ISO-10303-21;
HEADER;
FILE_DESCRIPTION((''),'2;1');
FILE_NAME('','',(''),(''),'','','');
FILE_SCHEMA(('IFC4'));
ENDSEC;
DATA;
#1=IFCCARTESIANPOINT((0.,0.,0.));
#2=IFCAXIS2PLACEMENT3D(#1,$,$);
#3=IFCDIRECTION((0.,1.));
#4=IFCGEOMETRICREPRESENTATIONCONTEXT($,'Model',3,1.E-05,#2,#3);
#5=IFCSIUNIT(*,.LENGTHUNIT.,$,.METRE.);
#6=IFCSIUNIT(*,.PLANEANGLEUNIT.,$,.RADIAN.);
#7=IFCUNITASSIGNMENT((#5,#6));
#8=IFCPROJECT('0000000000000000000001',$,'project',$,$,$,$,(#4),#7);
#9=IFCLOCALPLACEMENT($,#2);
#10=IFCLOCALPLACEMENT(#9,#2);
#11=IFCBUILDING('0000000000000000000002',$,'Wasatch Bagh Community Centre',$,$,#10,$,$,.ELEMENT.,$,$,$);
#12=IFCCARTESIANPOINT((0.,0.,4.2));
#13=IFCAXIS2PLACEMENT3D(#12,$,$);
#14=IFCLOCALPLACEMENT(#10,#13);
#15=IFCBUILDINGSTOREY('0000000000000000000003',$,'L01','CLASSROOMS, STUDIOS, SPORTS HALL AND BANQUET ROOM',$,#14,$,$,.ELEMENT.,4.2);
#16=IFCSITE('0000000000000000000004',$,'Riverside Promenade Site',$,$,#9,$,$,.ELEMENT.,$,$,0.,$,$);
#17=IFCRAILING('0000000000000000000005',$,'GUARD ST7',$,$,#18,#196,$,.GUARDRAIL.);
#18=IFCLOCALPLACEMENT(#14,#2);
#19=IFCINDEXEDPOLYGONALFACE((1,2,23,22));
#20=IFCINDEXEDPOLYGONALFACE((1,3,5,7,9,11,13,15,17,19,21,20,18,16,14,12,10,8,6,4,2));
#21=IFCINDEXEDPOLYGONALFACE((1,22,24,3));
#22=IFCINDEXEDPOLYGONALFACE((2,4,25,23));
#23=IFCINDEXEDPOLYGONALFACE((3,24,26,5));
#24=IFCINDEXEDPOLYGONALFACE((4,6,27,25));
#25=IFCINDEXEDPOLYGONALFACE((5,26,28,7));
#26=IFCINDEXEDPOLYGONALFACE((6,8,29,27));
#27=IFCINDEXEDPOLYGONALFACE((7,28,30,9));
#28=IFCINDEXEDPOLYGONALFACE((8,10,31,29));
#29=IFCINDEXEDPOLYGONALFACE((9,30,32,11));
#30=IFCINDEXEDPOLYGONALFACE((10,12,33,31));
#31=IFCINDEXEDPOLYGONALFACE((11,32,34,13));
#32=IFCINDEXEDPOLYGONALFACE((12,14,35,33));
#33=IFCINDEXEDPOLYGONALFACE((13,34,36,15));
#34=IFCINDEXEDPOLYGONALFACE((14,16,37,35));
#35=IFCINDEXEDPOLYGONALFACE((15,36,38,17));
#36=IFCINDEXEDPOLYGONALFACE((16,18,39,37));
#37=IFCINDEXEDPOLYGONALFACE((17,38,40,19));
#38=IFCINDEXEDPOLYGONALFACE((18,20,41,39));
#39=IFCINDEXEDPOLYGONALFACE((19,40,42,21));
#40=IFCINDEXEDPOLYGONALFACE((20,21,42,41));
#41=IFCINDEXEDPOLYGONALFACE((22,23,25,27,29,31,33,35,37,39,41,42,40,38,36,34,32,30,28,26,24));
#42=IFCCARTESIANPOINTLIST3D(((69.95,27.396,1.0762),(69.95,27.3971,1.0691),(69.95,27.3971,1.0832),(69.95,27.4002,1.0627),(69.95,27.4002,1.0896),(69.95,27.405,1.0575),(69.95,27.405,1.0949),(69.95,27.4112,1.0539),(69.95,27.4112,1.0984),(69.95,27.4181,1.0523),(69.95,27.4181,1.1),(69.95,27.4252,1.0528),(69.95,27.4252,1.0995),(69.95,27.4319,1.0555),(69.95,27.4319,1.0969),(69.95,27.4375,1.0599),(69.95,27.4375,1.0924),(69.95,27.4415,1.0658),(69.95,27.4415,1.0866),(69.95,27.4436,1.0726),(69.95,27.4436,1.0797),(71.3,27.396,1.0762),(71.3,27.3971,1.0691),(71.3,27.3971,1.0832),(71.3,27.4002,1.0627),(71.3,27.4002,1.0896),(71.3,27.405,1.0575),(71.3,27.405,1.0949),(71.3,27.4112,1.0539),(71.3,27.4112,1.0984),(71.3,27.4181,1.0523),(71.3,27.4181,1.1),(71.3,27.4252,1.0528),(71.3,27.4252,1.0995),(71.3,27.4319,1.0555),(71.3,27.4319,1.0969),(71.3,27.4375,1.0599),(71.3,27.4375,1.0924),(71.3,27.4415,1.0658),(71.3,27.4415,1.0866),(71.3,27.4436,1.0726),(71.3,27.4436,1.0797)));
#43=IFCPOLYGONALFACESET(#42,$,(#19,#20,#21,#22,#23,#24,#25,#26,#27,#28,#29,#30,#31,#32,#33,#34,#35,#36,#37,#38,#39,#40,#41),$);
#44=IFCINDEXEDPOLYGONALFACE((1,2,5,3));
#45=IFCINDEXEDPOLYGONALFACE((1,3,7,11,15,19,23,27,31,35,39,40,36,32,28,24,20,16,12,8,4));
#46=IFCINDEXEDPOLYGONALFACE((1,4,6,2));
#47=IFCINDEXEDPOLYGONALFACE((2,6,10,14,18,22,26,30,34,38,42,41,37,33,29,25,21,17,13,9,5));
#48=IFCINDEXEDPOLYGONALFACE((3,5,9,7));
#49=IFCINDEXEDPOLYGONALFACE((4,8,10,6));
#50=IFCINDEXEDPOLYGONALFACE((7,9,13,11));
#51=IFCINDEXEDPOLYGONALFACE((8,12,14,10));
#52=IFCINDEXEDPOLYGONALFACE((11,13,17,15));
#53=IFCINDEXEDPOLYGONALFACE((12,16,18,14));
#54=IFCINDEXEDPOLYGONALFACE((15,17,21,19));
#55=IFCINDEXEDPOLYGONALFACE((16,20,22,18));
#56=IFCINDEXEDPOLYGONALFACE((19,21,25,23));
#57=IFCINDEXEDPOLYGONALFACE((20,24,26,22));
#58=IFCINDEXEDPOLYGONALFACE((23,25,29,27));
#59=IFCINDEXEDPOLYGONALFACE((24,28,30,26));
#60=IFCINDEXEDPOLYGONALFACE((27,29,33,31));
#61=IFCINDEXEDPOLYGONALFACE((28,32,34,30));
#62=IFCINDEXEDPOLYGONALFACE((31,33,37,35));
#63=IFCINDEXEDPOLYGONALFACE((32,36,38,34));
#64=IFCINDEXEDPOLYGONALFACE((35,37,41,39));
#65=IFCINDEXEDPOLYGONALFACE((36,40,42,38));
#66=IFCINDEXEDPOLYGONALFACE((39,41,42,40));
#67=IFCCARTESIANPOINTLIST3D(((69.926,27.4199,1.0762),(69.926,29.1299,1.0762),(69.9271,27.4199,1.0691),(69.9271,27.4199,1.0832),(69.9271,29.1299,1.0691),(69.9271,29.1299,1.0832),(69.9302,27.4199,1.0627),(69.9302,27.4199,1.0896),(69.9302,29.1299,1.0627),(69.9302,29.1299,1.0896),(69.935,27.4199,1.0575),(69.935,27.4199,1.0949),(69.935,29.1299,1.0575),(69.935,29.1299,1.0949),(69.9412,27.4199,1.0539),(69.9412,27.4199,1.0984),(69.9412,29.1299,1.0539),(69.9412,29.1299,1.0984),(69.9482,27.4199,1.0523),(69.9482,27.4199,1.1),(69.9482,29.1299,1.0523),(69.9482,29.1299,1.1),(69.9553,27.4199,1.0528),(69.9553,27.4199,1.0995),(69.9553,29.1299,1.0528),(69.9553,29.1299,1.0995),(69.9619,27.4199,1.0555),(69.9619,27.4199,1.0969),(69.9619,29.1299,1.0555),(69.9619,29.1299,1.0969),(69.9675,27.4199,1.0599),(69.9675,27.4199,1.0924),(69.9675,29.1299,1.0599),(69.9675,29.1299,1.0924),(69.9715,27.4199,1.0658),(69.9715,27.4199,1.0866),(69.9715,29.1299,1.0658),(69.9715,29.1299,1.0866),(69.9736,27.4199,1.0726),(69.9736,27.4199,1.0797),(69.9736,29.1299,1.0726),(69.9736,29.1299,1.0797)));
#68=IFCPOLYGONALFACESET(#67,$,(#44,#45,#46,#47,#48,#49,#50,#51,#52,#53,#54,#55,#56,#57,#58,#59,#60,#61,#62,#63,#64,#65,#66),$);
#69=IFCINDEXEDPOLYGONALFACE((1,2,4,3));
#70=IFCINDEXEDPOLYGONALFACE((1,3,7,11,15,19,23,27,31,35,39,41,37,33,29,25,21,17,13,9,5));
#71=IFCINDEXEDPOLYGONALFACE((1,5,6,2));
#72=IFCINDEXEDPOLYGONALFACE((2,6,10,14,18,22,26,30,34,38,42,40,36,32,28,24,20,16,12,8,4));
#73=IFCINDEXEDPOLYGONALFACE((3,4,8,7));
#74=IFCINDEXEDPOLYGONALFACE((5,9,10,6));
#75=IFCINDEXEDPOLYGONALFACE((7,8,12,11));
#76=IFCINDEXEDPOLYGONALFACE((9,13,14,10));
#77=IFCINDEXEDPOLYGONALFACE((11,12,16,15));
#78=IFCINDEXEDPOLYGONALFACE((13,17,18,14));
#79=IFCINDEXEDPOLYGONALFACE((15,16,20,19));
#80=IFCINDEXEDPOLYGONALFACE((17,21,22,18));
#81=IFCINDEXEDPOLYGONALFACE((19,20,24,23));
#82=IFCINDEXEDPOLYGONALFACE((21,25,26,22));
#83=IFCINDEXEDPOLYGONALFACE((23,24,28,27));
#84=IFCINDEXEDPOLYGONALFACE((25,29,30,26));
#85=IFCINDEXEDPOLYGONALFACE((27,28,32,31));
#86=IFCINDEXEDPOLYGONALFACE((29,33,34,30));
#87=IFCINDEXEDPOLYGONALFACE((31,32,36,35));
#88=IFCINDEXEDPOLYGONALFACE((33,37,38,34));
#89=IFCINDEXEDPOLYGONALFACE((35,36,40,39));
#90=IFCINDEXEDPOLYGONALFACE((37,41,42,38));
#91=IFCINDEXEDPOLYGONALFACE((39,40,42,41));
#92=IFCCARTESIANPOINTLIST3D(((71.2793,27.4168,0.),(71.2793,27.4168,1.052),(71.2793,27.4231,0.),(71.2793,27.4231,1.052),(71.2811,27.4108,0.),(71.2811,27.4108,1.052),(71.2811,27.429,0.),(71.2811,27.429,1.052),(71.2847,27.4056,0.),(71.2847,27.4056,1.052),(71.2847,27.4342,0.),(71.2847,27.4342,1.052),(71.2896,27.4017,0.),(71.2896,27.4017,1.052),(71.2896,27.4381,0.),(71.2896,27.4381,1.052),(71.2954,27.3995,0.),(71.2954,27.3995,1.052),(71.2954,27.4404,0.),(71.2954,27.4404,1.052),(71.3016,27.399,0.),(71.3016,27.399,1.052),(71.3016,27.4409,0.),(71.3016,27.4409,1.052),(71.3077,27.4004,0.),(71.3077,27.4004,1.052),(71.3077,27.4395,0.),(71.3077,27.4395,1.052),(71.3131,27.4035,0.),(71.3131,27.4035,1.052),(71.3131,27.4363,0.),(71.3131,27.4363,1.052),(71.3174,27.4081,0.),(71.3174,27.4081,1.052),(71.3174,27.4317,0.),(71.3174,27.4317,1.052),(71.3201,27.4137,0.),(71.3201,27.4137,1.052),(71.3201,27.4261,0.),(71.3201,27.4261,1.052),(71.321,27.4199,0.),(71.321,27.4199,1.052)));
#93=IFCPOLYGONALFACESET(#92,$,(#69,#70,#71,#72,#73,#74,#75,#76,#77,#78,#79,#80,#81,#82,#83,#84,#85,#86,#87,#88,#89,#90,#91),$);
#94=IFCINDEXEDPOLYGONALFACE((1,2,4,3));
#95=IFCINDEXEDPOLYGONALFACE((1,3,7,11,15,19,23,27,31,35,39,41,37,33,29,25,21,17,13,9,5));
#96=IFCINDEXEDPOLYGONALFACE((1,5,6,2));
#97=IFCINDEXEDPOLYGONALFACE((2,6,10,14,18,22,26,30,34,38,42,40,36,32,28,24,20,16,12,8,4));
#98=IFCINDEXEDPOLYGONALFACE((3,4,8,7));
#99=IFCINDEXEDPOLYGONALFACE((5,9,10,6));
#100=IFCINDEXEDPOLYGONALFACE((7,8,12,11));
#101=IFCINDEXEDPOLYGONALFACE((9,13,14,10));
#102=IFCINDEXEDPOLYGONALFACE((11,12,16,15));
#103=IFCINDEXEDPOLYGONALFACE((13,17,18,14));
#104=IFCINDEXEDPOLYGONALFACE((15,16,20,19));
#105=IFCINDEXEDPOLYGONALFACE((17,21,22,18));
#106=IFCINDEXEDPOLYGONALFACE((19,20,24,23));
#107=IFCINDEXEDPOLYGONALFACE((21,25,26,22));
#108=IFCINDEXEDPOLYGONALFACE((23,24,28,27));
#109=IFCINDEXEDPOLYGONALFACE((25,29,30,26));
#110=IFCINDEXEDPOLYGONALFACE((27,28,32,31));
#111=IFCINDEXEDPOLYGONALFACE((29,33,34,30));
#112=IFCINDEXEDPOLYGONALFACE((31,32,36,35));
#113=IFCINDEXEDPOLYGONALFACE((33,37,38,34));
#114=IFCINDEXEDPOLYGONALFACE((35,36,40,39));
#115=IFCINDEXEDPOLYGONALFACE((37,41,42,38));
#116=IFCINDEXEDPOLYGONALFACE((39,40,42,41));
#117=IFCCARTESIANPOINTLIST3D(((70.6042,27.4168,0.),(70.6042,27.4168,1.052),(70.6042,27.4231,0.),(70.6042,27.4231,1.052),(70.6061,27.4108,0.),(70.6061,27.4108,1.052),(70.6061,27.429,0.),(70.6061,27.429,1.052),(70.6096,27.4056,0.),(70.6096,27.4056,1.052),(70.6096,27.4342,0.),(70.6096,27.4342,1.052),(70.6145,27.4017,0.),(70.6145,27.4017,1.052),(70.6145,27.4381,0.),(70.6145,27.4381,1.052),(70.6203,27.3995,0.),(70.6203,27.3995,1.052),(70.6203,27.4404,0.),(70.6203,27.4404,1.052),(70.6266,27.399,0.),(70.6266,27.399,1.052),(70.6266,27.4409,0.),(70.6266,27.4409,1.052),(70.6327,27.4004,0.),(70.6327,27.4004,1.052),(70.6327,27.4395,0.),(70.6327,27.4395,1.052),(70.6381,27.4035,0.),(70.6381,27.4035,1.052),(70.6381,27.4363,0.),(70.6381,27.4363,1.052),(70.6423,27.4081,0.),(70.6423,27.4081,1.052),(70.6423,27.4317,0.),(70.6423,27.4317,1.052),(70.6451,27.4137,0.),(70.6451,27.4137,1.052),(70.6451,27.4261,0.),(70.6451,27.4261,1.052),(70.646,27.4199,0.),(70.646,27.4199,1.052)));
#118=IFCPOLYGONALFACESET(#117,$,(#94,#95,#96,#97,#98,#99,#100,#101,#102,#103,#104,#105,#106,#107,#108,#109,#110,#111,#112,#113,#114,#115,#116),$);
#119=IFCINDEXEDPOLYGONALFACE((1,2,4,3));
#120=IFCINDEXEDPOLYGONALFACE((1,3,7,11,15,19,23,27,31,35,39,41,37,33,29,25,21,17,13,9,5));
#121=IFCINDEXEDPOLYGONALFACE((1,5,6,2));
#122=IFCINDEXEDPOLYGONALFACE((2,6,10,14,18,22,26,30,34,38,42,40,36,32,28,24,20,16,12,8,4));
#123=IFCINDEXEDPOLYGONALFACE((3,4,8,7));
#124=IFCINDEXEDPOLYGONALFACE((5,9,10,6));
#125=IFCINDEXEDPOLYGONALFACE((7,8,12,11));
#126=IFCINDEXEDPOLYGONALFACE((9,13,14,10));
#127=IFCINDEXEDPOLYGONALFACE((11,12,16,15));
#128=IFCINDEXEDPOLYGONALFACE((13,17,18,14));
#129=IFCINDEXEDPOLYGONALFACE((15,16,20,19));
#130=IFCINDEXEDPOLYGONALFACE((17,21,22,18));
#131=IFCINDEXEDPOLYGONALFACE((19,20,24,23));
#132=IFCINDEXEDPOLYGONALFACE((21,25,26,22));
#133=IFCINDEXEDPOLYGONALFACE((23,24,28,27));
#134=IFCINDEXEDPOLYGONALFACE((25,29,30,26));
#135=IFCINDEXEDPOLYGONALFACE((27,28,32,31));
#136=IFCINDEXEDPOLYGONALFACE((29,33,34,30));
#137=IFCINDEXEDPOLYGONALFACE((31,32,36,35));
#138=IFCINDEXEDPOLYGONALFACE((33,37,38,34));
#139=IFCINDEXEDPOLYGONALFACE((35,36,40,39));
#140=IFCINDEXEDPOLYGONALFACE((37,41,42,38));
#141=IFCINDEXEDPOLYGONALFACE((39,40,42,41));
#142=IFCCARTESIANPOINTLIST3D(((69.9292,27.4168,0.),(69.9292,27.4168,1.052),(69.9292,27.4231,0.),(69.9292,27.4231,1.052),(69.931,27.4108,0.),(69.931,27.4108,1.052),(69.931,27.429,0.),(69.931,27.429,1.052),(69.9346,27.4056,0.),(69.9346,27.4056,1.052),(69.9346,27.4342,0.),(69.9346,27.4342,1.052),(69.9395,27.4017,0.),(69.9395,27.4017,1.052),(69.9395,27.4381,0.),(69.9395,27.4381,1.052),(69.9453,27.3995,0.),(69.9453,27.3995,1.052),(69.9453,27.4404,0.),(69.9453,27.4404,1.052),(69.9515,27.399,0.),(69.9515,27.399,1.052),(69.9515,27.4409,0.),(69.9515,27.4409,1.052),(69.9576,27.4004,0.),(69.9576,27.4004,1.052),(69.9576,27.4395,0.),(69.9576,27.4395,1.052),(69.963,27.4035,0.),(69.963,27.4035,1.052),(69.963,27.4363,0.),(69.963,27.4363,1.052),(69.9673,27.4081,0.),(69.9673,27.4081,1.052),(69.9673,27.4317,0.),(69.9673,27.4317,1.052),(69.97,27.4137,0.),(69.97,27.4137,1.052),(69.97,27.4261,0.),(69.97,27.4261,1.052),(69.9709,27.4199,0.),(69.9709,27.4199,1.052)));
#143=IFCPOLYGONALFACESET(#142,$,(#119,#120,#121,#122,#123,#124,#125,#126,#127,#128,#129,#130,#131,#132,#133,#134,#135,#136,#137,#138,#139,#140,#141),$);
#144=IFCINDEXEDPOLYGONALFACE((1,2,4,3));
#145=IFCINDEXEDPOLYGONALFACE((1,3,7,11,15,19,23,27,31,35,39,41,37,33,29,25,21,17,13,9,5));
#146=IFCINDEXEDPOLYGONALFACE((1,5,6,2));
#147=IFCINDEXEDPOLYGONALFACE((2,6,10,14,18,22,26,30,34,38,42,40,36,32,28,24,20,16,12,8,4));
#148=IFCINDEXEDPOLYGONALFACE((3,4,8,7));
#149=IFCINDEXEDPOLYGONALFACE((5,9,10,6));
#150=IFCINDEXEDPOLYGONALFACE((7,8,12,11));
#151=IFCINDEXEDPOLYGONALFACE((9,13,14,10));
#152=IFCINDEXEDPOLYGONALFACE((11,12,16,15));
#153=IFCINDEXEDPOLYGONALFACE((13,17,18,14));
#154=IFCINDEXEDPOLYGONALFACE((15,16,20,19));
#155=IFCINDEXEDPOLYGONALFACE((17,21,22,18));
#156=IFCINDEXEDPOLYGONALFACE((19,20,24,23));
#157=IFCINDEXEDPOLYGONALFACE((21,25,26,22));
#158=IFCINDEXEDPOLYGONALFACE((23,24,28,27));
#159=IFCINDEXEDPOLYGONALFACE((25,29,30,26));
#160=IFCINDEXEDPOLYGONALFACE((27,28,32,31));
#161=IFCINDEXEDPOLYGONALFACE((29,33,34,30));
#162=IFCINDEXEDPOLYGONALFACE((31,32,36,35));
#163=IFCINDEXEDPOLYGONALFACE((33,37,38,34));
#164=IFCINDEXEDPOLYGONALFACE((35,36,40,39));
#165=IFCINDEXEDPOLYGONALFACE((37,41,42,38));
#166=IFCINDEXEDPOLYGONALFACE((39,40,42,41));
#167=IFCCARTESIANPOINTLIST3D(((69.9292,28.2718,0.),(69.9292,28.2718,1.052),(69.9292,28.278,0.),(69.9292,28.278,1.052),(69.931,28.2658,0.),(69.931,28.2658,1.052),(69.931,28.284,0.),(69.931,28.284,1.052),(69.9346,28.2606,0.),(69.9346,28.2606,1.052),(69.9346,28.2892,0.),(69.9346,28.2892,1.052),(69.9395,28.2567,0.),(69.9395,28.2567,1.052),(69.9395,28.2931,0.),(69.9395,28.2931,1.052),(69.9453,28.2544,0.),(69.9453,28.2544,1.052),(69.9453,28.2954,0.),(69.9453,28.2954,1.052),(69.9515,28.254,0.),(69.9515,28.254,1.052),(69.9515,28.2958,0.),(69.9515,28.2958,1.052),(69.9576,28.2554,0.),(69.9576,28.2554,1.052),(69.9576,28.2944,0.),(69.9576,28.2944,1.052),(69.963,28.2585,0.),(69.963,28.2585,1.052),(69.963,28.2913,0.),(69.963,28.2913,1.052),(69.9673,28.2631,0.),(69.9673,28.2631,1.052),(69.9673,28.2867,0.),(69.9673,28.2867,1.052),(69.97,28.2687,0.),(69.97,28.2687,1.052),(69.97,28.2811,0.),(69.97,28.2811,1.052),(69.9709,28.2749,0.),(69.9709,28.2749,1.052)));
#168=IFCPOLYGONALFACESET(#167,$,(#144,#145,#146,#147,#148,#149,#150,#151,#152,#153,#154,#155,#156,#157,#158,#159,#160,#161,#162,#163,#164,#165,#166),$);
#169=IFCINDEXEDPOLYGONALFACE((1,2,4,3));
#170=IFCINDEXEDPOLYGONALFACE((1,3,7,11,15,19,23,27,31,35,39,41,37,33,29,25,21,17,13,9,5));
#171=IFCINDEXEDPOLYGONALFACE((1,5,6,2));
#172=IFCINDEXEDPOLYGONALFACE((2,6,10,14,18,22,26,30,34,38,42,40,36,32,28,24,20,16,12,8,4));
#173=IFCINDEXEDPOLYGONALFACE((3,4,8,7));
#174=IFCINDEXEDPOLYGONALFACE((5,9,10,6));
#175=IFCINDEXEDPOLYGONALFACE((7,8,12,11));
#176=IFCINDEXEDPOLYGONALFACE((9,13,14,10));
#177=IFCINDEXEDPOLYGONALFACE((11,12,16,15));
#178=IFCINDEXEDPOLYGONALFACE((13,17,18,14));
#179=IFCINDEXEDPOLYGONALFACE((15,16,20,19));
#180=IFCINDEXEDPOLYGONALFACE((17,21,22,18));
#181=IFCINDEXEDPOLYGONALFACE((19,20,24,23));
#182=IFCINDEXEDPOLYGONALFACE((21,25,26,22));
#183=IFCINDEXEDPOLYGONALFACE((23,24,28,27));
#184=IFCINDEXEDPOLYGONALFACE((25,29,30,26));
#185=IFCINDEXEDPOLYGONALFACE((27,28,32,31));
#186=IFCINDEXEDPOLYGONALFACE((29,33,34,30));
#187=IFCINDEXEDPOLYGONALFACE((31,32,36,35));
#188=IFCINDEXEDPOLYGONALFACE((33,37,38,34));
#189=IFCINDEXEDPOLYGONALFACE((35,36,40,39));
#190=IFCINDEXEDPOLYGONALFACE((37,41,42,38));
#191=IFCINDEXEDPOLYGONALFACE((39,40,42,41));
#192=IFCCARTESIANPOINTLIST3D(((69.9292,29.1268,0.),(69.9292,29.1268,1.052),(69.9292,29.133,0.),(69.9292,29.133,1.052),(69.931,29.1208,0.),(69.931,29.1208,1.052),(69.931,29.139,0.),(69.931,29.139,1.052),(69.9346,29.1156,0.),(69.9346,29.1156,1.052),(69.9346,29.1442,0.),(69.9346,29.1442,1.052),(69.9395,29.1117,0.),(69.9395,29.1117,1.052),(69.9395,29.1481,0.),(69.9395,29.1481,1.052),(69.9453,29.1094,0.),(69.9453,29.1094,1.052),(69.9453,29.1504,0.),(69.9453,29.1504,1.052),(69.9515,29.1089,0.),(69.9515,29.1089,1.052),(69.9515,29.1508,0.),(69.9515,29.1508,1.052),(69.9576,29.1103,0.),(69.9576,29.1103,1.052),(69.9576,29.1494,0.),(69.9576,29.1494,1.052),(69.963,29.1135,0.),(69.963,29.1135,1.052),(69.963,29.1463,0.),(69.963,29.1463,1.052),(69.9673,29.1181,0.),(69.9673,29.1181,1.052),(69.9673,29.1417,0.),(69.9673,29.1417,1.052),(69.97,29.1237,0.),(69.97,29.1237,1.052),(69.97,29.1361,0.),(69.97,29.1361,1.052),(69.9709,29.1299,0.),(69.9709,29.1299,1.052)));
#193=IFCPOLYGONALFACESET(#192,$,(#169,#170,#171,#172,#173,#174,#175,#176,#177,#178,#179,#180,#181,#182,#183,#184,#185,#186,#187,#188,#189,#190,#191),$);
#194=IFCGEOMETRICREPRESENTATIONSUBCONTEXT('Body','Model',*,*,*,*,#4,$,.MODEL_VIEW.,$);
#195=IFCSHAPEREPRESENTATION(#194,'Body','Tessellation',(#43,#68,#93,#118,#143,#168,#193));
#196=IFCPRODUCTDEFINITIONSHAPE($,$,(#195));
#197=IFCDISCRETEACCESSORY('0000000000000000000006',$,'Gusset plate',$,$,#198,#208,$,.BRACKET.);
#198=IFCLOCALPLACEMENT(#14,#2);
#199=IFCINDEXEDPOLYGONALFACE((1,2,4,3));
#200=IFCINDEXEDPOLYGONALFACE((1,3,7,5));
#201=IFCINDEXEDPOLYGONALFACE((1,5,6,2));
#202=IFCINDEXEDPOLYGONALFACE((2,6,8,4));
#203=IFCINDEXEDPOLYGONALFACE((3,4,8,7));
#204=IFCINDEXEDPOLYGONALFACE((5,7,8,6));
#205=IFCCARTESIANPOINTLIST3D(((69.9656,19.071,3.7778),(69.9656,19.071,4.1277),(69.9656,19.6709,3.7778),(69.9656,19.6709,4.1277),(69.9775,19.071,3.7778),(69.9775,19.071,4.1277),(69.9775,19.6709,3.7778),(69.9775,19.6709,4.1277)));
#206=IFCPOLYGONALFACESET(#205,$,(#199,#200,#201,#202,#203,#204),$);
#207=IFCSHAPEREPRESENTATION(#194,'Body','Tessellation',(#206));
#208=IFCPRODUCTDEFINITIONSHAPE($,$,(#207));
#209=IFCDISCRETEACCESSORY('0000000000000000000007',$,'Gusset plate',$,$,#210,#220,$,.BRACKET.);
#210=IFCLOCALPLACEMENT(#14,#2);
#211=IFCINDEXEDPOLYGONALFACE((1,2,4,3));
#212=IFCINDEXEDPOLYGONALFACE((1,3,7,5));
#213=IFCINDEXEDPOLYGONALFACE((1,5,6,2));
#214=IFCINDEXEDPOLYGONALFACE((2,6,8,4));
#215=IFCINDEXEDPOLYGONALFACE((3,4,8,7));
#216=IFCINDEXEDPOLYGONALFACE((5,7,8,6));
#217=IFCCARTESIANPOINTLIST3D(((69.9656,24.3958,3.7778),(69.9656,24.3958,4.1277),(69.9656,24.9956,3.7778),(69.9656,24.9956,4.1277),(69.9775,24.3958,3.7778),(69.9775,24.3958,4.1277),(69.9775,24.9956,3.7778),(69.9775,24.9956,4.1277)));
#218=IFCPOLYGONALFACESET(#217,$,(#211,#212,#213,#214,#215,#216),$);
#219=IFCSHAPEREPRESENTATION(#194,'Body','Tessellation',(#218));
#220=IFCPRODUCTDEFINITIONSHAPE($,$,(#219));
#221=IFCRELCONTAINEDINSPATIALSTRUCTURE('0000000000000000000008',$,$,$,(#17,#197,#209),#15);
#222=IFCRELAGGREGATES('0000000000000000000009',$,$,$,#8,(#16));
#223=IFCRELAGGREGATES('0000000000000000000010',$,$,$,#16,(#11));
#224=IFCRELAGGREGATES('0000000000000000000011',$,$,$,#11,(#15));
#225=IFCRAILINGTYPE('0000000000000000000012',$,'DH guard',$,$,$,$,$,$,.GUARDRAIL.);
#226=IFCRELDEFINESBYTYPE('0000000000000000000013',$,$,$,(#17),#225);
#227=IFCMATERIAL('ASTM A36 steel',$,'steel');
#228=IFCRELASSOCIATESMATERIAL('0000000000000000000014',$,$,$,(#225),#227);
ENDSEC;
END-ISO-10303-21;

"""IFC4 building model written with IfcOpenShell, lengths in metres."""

from ifc_helpers import new_model, si_unit, direction, frame, origin, origin_2d, place, context, subcontext, project, spatial, polyline, circle, outline, extrude, material, type_object, element, save


model = new_model("IFC4")

# Units and contexts
model_context = context("Model", 3, precision=1e-05, world=origin(), true_north=direction((0.0, 1.0)))
body_context = subcontext(model_context, "Body", "Model", "MODEL_VIEW")
ifc_project = project(units=[si_unit("LENGTHUNIT", "METRE"), si_unit("PLANEANGLEUNIT", "RADIAN")], contexts=[model_context])

# Site, building, storey
site_placement = place(None, origin())
site = spatial("IfcSite", under=ifc_project, at=site_placement, Name="Riverside Promenade Site", CompositionType="ELEMENT", RefElevation=0.0)
building_placement = place(site_placement, origin())
building = spatial("IfcBuilding", under=site, at=building_placement, Name="Wasatch Bagh Community Centre", CompositionType="ELEMENT")
storey_placement = place(building_placement, frame((0.0, 0.0, 4.2)))
storey = spatial("IfcBuildingStorey", under=building, at=storey_placement, Name="L01", Description="CLASSROOMS, STUDIOS, SPORTS HALL AND BANQUET ROOM", CompositionType="ELEMENT", Elevation=4.2)

# Railing
ifc_material_1 = material(Name="ASTM A36 steel", Category="steel")
railing_type = type_object("IfcRailingType", Name="DH guard", PredefinedType="GUARDRAIL", material=ifc_material_1)
railing_1_placement = place(storey_placement, frame((71.3, 27.4199, 0.0)))
element("IfcRailing", 1, at=railing_1_placement, inside=storey, type_object=railing_type, Name="GUARD ST7", PredefinedType="GUARDRAIL", context=body_context, shape_type="SweptSolid", body=[
    extrude(circle(Radius=0.0239, at=origin_2d()), frame((0.0, 0.0, 1.0762), z_axis=(-1.0, 0.0, 0.0), x_axis=(0.0, -1.0, 0.0)), (0.0, 0.0, 1.0), 1.3501),
    extrude(circle(Radius=0.0239, at=origin_2d()), frame((-1.3501, 0.0, 1.0762), z_axis=(0.0, 1.0, 0.0), x_axis=(-1.0, 0.0, 0.0)), (0.0, 0.0, 1.0), 1.71),
    extrude(circle(Radius=0.021, at=origin_2d()), origin(), (0.0, 0.0, 1.0), 1.052),
    extrude(circle(Radius=0.021, at=origin_2d()), frame((-0.675, 0.0, 0.0)), (0.0, 0.0, 1.0), 1.052),
    extrude(circle(Radius=0.021, at=origin_2d()), frame((-1.3501, 0.0, 0.0)), (0.0, 0.0, 1.0), 1.052),
    extrude(circle(Radius=0.021, at=origin_2d()), frame((-1.3501, 0.855, 0.0)), (0.0, 0.0, 1.0), 1.052),
    extrude(circle(Radius=0.021, at=origin_2d()), frame((-1.3501, 1.71, 0.0)), (0.0, 0.0, 1.0), 1.052),
])

# Discrete accessories
for number, where, z_axis, x_axis, name in (
    (2, (69.9775, 19.071, 3.7778), (1.0, 0.0, 0.0), (0.0, 1.0, 0.0), "Gusset plate"),
    (3, (69.9775, 24.3958, 3.7778), (1.0, 0.0, 0.0), (0.0, 1.0, 0.0), "Gusset plate"),
):
    element("IfcDiscreteAccessory", number, at=place(storey_placement, frame(where, z_axis=z_axis, x_axis=x_axis)), inside=storey, Name=name, PredefinedType="BRACKET", context=body_context, shape_type="SweptSolid", body=[
        extrude(outline(polyline([(0.0, 0.0), (0.5999, 0.0), (0.5999, 0.3499), (0.0, 0.3499), (0.0, 0.0)])), origin(), (0.0, 0.0, -1.0), 0.012),
    ])

save(model, "model.ifc")
